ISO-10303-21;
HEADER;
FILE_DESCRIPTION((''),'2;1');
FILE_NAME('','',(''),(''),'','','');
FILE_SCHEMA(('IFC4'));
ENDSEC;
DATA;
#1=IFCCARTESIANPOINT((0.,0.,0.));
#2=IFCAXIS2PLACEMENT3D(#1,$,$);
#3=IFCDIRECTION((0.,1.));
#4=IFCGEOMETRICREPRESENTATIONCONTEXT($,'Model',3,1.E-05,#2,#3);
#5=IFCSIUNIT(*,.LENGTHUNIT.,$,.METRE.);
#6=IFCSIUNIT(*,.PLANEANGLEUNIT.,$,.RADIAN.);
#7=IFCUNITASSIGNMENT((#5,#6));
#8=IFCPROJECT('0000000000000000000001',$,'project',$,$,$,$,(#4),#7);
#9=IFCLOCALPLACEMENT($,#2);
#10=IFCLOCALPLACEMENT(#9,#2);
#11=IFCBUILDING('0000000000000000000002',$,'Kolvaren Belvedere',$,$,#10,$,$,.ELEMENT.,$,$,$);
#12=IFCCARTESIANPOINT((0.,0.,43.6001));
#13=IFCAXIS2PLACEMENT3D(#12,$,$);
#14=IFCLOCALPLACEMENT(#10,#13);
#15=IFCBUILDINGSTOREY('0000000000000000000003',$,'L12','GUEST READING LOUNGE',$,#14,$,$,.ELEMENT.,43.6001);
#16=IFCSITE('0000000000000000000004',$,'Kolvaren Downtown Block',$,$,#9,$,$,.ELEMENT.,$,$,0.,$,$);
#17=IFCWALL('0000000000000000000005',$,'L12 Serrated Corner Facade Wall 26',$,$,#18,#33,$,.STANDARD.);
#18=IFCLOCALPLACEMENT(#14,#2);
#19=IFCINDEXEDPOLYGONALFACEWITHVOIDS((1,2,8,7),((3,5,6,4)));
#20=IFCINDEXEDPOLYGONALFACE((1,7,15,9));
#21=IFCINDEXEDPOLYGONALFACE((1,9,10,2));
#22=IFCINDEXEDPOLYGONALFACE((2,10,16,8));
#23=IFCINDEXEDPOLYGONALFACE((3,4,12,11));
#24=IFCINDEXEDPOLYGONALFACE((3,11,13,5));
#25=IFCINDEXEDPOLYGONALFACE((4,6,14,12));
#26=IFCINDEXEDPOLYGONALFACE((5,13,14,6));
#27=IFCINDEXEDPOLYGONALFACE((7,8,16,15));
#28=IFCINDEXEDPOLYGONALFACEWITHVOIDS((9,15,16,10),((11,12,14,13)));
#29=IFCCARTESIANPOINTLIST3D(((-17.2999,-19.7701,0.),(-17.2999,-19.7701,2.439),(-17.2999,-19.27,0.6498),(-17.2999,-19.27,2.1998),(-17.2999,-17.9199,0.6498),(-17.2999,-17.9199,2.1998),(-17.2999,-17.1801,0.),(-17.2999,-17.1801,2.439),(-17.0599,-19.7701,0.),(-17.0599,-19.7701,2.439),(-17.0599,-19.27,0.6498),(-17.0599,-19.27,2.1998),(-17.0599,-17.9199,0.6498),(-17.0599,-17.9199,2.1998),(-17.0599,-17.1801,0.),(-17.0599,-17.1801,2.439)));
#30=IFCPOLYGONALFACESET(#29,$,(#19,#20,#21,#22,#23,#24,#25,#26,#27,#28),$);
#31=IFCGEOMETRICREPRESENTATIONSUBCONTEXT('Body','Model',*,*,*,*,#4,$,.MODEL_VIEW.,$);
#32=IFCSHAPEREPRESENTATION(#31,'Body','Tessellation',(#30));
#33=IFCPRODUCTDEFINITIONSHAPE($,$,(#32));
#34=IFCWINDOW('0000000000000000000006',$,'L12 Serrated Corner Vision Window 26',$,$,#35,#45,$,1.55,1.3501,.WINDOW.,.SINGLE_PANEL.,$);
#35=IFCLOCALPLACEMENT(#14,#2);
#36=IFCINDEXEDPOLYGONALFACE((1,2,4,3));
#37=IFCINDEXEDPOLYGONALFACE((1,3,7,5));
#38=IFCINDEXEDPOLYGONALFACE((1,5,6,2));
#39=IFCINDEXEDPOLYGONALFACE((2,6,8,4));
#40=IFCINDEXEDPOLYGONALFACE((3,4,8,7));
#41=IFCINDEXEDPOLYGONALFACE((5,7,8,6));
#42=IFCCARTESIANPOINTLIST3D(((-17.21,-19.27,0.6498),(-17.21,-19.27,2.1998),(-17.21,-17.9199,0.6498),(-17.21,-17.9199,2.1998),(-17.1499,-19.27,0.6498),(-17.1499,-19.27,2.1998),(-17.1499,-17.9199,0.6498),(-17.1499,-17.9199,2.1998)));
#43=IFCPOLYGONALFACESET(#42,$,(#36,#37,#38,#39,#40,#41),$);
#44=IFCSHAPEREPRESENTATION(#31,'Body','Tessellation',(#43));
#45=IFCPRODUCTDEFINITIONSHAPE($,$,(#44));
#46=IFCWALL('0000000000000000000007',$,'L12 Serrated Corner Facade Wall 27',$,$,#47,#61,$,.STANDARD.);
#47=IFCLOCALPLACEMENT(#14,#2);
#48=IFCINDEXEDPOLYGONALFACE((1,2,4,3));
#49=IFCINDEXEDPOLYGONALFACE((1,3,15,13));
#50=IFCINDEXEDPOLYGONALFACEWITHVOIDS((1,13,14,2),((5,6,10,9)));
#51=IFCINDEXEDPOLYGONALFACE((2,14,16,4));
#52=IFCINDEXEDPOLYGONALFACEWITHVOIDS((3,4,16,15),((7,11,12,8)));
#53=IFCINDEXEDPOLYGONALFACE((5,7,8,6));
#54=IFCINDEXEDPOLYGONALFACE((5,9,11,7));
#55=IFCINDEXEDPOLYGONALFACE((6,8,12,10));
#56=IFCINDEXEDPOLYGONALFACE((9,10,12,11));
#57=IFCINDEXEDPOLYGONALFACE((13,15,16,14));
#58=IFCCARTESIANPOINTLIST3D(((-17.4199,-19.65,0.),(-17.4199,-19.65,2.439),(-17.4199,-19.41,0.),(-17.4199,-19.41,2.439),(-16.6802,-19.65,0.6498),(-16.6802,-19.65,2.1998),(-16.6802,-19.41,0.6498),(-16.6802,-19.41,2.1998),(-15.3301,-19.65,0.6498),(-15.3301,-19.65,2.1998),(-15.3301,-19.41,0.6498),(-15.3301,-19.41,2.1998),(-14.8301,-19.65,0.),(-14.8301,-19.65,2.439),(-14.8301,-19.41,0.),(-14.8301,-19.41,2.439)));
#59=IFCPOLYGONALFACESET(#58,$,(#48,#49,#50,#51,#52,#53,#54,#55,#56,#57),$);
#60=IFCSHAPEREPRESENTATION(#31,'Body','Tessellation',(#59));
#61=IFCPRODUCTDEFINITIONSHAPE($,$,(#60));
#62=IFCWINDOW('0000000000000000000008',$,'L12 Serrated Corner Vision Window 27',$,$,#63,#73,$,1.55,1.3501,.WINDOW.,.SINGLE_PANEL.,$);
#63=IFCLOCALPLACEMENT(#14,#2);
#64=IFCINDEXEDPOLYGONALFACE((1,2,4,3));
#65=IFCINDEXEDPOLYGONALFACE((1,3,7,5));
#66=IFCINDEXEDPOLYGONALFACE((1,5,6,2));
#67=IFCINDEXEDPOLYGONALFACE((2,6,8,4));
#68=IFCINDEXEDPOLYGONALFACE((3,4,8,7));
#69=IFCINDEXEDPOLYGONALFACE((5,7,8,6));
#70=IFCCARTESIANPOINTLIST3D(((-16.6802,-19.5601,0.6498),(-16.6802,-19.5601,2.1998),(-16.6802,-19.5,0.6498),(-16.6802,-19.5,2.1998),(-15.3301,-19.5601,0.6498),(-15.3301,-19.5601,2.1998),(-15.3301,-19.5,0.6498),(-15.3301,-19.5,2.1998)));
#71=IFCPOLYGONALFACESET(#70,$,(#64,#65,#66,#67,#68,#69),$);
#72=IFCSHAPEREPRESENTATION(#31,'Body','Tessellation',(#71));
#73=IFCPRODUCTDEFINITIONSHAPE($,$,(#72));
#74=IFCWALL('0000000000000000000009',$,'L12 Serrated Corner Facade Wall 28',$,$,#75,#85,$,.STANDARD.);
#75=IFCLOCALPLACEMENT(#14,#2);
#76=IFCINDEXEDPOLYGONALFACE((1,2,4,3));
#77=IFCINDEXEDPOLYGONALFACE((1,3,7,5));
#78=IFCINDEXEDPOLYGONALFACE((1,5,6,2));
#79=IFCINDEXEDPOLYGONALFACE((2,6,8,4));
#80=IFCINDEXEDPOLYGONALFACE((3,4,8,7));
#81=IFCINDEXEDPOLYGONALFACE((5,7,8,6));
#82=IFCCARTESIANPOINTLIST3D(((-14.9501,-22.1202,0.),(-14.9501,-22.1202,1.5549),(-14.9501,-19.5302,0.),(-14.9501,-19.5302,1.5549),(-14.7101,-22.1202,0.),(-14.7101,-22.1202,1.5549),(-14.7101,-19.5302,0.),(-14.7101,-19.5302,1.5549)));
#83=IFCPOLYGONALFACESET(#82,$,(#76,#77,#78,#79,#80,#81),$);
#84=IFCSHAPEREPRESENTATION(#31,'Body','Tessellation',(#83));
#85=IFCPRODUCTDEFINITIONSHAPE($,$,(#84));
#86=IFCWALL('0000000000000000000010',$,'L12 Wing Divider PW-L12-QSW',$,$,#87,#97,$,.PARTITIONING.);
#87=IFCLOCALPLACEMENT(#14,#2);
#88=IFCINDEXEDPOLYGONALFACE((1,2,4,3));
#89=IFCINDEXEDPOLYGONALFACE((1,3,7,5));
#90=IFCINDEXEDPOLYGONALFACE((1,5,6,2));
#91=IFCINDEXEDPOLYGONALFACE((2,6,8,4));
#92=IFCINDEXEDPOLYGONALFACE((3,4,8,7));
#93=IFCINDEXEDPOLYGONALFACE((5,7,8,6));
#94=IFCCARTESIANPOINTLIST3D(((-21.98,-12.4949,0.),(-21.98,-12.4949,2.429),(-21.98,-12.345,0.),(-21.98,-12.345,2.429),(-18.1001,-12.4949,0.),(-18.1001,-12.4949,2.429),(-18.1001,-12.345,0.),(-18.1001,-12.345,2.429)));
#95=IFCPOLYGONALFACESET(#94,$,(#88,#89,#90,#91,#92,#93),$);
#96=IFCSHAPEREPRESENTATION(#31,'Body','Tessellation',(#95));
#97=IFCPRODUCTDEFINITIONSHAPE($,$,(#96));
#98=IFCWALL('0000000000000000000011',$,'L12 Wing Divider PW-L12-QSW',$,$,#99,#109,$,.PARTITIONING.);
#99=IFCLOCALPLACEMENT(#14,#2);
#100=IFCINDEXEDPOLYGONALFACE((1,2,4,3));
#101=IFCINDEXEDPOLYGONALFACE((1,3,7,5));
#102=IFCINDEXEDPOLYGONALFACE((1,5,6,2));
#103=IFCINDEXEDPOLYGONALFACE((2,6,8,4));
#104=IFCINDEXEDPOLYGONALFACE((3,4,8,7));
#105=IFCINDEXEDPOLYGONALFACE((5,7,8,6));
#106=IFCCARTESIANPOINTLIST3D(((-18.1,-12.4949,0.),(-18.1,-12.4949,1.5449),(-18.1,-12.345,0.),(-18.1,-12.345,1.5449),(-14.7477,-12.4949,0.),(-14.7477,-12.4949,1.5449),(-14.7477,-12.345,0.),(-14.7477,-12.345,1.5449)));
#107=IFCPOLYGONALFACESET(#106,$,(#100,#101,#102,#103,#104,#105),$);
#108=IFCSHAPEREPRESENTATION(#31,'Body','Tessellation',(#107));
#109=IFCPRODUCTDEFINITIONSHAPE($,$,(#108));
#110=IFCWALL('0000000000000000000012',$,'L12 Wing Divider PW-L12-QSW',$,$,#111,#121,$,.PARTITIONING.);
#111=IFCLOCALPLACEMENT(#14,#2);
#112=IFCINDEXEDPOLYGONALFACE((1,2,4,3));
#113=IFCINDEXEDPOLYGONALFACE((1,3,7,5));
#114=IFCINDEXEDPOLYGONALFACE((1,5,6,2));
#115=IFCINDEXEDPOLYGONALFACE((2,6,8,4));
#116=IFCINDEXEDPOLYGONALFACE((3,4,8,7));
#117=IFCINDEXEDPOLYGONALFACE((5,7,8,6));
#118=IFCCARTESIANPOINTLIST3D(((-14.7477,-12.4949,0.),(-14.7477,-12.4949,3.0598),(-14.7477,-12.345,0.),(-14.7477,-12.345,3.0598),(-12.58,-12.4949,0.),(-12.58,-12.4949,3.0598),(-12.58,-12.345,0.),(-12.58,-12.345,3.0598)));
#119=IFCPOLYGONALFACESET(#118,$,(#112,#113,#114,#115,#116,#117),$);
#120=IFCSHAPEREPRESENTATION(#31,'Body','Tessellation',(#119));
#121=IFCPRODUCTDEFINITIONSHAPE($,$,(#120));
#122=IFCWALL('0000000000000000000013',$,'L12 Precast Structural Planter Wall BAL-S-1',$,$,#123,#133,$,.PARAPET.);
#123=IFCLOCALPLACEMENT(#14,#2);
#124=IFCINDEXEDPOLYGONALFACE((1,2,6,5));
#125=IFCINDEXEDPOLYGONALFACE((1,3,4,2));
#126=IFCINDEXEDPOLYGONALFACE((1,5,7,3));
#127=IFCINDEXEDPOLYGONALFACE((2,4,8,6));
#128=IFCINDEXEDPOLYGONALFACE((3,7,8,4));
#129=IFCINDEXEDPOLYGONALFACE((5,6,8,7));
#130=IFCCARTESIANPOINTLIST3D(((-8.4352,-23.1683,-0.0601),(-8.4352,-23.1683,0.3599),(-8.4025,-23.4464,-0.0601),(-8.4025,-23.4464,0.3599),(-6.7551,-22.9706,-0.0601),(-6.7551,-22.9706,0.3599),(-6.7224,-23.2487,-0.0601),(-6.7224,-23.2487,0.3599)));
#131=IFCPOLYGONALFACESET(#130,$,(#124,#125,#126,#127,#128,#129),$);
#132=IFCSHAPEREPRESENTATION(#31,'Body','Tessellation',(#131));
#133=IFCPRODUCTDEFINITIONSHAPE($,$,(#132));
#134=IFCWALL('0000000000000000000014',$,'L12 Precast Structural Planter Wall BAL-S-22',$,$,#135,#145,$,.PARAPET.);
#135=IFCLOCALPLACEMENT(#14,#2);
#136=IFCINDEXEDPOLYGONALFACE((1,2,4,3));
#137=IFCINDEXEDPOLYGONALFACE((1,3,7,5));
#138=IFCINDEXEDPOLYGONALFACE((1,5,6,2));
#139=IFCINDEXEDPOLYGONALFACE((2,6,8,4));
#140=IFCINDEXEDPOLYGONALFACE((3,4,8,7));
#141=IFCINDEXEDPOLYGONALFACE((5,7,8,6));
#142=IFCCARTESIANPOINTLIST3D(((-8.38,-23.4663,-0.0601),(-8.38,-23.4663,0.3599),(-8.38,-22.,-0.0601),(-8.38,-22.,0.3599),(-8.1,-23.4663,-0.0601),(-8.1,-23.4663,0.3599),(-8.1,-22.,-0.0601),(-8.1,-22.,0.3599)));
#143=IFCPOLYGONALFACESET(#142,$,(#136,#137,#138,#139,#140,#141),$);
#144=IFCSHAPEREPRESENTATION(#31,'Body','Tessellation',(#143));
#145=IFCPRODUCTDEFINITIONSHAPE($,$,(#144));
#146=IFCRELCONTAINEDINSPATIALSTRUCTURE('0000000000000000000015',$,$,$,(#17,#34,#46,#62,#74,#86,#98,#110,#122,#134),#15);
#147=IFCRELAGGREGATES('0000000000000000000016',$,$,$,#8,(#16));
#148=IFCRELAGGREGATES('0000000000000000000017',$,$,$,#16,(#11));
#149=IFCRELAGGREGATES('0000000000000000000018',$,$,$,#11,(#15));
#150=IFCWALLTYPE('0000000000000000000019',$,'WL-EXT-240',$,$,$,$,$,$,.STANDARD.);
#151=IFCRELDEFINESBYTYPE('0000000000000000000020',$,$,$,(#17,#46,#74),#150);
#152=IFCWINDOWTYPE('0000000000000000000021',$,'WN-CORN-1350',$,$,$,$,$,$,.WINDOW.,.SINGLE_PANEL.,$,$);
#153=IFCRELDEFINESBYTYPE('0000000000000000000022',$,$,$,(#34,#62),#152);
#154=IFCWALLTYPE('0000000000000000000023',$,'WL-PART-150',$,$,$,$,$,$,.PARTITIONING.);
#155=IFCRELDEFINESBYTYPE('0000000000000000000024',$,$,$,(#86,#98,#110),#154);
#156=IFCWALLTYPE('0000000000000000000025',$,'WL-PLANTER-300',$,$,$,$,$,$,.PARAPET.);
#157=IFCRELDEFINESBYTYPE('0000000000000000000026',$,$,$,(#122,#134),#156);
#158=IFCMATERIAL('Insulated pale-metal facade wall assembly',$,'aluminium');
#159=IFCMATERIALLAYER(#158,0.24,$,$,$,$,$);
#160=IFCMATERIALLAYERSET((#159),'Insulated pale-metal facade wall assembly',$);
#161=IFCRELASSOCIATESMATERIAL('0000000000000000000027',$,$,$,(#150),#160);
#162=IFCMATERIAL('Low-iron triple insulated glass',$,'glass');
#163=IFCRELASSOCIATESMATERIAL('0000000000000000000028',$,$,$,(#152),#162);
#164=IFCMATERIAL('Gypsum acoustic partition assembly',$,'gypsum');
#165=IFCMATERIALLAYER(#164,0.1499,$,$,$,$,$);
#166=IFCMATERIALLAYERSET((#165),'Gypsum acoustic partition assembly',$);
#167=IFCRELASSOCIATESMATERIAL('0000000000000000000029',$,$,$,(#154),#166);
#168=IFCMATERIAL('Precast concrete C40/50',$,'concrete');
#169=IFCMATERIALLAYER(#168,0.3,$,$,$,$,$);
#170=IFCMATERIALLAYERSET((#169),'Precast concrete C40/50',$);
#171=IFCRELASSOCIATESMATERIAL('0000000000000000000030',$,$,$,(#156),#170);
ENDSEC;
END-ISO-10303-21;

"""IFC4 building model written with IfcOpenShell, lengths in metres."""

from ifc_helpers import new_model, si_unit, direction, frame, frame_2d, origin, place, context, subcontext, project, spatial, rectangle, extrude, material, layer, layer_set, type_object, element, fill, save


model = new_model("IFC4")

# Units and contexts
model_context = context("Model", 3, precision=1e-05, world=origin(), true_north=direction((0.0, 1.0)))
body_context = subcontext(model_context, "Body", "Model", "MODEL_VIEW")
ifc_project = project(units=[si_unit("LENGTHUNIT", "METRE"), si_unit("PLANEANGLEUNIT", "RADIAN")], contexts=[model_context])

# Site, building, storey
site_placement = place(None, origin())
site = spatial("IfcSite", under=ifc_project, at=site_placement, Name="Kolvaren Downtown Block", CompositionType="ELEMENT", RefElevation=0.0)
building_placement = place(site_placement, origin())
building = spatial("IfcBuilding", under=site, at=building_placement, Name="Kolvaren Belvedere", CompositionType="ELEMENT")
storey_placement = place(building_placement, frame((0.0, 0.0, 43.6001)))
storey = spatial("IfcBuildingStorey", under=building, at=storey_placement, Name="L12", Description="GUEST READING LOUNGE", CompositionType="ELEMENT", Elevation=43.6001)

# Shared definitions
ifc_material_1 = material(Name="Insulated pale-metal facade wall assembly", Category="aluminium")
ifc_layer_1 = layer(ifc_material_1, 0.24)
ifc_layer_set_1 = layer_set([ifc_layer_1], Name="Insulated pale-metal facade wall assembly")
wall_type_1 = type_object("IfcWallType", Name="WL-EXT-240", PredefinedType="STANDARD", material=ifc_layer_set_1)

# Walls, openings, windows
ifc_material_2 = material(Name="Low-iron triple insulated glass", Category="glass")
window_type = type_object("IfcWindowType", Name="WN-CORN-1350", PartitioningType="SINGLE_PANEL", PredefinedType="WINDOW", material=ifc_material_2)
wall_1_placement = place(storey_placement, frame((-17.1799, -19.77, 0.0), z_axis=(0.0, 0.0, 1.0), x_axis=(0.0, 1.0, 0.0)))
wall_1 = element("IfcWall", 1, at=wall_1_placement, inside=storey, type_object=wall_type_1, Name="L12 Serrated Corner Facade Wall 26", PredefinedType="STANDARD", context=body_context, shape_type="SweptSolid", body=[
    extrude(rectangle(XDim=2.5901, YDim=0.24, at=frame_2d((1.2949, 0.0))), origin(), (0.0, 0.0, 1.0), 2.439),
])
opening_1_placement = place(wall_1_placement, frame((0.5, 0.0, 0.6499)))
opening_1 = element("IfcOpeningElement", 2, at=opening_1_placement, cuts=wall_1, PredefinedType="OPENING", context=body_context, shape_type="SweptSolid", body=[
    extrude(rectangle(XDim=1.3501, YDim=1.55, at=frame_2d((0.675, 0.7749))), frame((0.0, 0.1299, 0.0), z_axis=(0.0, -1.0, 0.0), x_axis=(1.0, 0.0, 0.0)), (0.0, 0.0, 1.0), 0.26),
])
window_1_placement = place(opening_1_placement, origin())
window_1 = element("IfcWindow", 3, at=window_1_placement, inside=storey, type_object=window_type, Name="L12 Serrated Corner Vision Window 26", OverallHeight=1.55, OverallWidth=1.3501, PartitioningType="SINGLE_PANEL", PredefinedType="WINDOW", context=body_context, shape_type="SweptSolid", body=[
    extrude(rectangle(XDim=1.3501, YDim=1.55, at=frame_2d((0.675, 0.7749))), frame((0.0, 0.03, 0.0), z_axis=(0.0, -1.0, 0.0), x_axis=(1.0, 0.0, 0.0)), (0.0, 0.0, 1.0), 0.0601),
])
fill(opening_1, window_1)
wall_2_placement = place(storey_placement, frame((-14.8301, -19.53, 0.0), z_axis=(0.0, 0.0, 1.0), x_axis=(-1.0, 0.0, 0.0)))
wall_2 = element("IfcWall", 4, at=wall_2_placement, inside=storey, type_object=wall_type_1, Name="L12 Serrated Corner Facade Wall 27", PredefinedType="STANDARD", context=body_context, shape_type="SweptSolid", body=[
    extrude(rectangle(XDim=2.5898, YDim=0.24, at=frame_2d((1.2949, 0.0))), origin(), (0.0, 0.0, 1.0), 2.439),
])
opening_2_placement = place(wall_2_placement, frame((0.5, 0.0, 0.6499)))
opening_2 = element("IfcOpeningElement", 5, at=opening_2_placement, cuts=wall_2, PredefinedType="OPENING", context=body_context, shape_type="SweptSolid", body=[
    extrude(rectangle(XDim=1.3501, YDim=1.55, at=frame_2d((0.675, 0.7749))), frame((0.0, 0.1299, 0.0), z_axis=(0.0, -1.0, 0.0), x_axis=(1.0, 0.0, 0.0)), (0.0, 0.0, 1.0), 0.26),
])
window_2_placement = place(opening_2_placement, origin())
window_2 = element("IfcWindow", 6, at=window_2_placement, inside=storey, type_object=window_type, Name="L12 Serrated Corner Vision Window 27", OverallHeight=1.55, OverallWidth=1.3501, PartitioningType="SINGLE_PANEL", PredefinedType="WINDOW", context=body_context, shape_type="SweptSolid", body=[
    extrude(rectangle(XDim=1.3501, YDim=1.55, at=frame_2d((0.675, 0.7749))), frame((0.0, 0.03, 0.0), z_axis=(0.0, -1.0, 0.0), x_axis=(1.0, 0.0, 0.0)), (0.0, 0.0, 1.0), 0.0601),
])
fill(opening_2, window_2)

# Walls
wall_3_placement = place(storey_placement, frame((-14.8301, -22.1201, 0.0), z_axis=(0.0, 0.0, 1.0), x_axis=(0.0, 1.0, 0.0)))
element("IfcWall", 7, at=wall_3_placement, inside=storey, type_object=wall_type_1, Name="L12 Serrated Corner Facade Wall 28", PredefinedType="STANDARD", context=body_context, shape_type="SweptSolid", body=[
    extrude(rectangle(XDim=2.5901, YDim=0.24, at=frame_2d((1.2949, 0.0))), origin(), (0.0, 0.0, 1.0), 1.5549),
])
ifc_material_3 = material(Name="Gypsum acoustic partition assembly", Category="gypsum")
ifc_layer_2 = layer(ifc_material_3, 0.1499)
ifc_layer_set_2 = layer_set([ifc_layer_2], Name="Gypsum acoustic partition assembly")
wall_type_2 = type_object("IfcWallType", Name="WL-PART-150", PredefinedType="PARTITIONING", material=ifc_layer_set_2)
wall_4_placement = place(storey_placement, frame((-21.98, -12.4199, 0.0), z_axis=(0.0, 0.0, 1.0), x_axis=(1.0, 0.0, 0.0)))
element("IfcWall", 8, at=wall_4_placement, inside=storey, type_object=wall_type_2, Name="L12 Wing Divider PW-L12-QSW", PredefinedType="PARTITIONING", context=body_context, shape_type="SweptSolid", body=[
    extrude(rectangle(XDim=3.8799, YDim=0.1499, at=frame_2d((1.9399, 0.0))), origin(), (0.0, 0.0, 1.0), 2.429),
])
wall_5_placement = place(storey_placement, frame((-18.1001, -12.4199, 0.0), z_axis=(0.0, 0.0, 1.0), x_axis=(1.0, 0.0, 0.0)))
element("IfcWall", 9, at=wall_5_placement, inside=storey, type_object=wall_type_2, Name="L12 Wing Divider PW-L12-QSW", PredefinedType="PARTITIONING", context=body_context, shape_type="SweptSolid", body=[
    extrude(rectangle(XDim=3.3523, YDim=0.1499, at=frame_2d((1.6763, 0.0))), origin(), (0.0, 0.0, 1.0), 1.5449),
])
wall_6_placement = place(storey_placement, frame((-14.7478, -12.4199, 0.0), z_axis=(0.0, 0.0, 1.0), x_axis=(1.0, 0.0, 0.0)))
element("IfcWall", 10, at=wall_6_placement, inside=storey, type_object=wall_type_2, Name="L12 Wing Divider PW-L12-QSW", PredefinedType="PARTITIONING", context=body_context, shape_type="SweptSolid", body=[
    extrude(rectangle(XDim=2.1677, YDim=0.1499, at=frame_2d((1.084, 0.0))), origin(), (0.0, 0.0, 1.0), 3.0598),
])
ifc_material_4 = material(Name="Precast concrete C40/50", Category="concrete")
ifc_layer_3 = layer(ifc_material_4, 0.3)
ifc_layer_set_3 = layer_set([ifc_layer_3], Name="Precast concrete C40/50")
wall_type_3 = type_object("IfcWallType", Name="WL-PLANTER-300", PredefinedType="PARAPET", material=ifc_layer_set_3)
wall_7_placement = place(storey_placement, frame((-8.4187, -23.3074, -0.0601), z_axis=(0.0, 0.0, 1.0), x_axis=(0.993143, 0.116908, 0.0)))
element("IfcWall", 11, at=wall_7_placement, inside=storey, type_object=wall_type_3, Name="L12 Precast Structural Planter Wall BAL-S-1", PredefinedType="PARAPET", context=body_context, shape_type="SweptSolid", body=[
    extrude(rectangle(XDim=1.6917, YDim=0.28, at=frame_2d((0.8457, 0.0))), origin(), (0.0, 0.0, 1.0), 0.4199),
])
wall_8_placement = place(storey_placement, frame((-8.24, -22.0, -0.0601), z_axis=(0.0, 0.0, 1.0), x_axis=(0.0, -1.0, 0.0)))
element("IfcWall", 12, at=wall_8_placement, inside=storey, type_object=wall_type_3, Name="L12 Precast Structural Planter Wall BAL-S-22", PredefinedType="PARAPET", context=body_context, shape_type="SweptSolid", body=[
    extrude(rectangle(XDim=1.4663, YDim=0.28, at=frame_2d((0.7332, 0.0))), origin(), (0.0, 0.0, 1.0), 0.4199),
])

save(model, "model.ifc")
